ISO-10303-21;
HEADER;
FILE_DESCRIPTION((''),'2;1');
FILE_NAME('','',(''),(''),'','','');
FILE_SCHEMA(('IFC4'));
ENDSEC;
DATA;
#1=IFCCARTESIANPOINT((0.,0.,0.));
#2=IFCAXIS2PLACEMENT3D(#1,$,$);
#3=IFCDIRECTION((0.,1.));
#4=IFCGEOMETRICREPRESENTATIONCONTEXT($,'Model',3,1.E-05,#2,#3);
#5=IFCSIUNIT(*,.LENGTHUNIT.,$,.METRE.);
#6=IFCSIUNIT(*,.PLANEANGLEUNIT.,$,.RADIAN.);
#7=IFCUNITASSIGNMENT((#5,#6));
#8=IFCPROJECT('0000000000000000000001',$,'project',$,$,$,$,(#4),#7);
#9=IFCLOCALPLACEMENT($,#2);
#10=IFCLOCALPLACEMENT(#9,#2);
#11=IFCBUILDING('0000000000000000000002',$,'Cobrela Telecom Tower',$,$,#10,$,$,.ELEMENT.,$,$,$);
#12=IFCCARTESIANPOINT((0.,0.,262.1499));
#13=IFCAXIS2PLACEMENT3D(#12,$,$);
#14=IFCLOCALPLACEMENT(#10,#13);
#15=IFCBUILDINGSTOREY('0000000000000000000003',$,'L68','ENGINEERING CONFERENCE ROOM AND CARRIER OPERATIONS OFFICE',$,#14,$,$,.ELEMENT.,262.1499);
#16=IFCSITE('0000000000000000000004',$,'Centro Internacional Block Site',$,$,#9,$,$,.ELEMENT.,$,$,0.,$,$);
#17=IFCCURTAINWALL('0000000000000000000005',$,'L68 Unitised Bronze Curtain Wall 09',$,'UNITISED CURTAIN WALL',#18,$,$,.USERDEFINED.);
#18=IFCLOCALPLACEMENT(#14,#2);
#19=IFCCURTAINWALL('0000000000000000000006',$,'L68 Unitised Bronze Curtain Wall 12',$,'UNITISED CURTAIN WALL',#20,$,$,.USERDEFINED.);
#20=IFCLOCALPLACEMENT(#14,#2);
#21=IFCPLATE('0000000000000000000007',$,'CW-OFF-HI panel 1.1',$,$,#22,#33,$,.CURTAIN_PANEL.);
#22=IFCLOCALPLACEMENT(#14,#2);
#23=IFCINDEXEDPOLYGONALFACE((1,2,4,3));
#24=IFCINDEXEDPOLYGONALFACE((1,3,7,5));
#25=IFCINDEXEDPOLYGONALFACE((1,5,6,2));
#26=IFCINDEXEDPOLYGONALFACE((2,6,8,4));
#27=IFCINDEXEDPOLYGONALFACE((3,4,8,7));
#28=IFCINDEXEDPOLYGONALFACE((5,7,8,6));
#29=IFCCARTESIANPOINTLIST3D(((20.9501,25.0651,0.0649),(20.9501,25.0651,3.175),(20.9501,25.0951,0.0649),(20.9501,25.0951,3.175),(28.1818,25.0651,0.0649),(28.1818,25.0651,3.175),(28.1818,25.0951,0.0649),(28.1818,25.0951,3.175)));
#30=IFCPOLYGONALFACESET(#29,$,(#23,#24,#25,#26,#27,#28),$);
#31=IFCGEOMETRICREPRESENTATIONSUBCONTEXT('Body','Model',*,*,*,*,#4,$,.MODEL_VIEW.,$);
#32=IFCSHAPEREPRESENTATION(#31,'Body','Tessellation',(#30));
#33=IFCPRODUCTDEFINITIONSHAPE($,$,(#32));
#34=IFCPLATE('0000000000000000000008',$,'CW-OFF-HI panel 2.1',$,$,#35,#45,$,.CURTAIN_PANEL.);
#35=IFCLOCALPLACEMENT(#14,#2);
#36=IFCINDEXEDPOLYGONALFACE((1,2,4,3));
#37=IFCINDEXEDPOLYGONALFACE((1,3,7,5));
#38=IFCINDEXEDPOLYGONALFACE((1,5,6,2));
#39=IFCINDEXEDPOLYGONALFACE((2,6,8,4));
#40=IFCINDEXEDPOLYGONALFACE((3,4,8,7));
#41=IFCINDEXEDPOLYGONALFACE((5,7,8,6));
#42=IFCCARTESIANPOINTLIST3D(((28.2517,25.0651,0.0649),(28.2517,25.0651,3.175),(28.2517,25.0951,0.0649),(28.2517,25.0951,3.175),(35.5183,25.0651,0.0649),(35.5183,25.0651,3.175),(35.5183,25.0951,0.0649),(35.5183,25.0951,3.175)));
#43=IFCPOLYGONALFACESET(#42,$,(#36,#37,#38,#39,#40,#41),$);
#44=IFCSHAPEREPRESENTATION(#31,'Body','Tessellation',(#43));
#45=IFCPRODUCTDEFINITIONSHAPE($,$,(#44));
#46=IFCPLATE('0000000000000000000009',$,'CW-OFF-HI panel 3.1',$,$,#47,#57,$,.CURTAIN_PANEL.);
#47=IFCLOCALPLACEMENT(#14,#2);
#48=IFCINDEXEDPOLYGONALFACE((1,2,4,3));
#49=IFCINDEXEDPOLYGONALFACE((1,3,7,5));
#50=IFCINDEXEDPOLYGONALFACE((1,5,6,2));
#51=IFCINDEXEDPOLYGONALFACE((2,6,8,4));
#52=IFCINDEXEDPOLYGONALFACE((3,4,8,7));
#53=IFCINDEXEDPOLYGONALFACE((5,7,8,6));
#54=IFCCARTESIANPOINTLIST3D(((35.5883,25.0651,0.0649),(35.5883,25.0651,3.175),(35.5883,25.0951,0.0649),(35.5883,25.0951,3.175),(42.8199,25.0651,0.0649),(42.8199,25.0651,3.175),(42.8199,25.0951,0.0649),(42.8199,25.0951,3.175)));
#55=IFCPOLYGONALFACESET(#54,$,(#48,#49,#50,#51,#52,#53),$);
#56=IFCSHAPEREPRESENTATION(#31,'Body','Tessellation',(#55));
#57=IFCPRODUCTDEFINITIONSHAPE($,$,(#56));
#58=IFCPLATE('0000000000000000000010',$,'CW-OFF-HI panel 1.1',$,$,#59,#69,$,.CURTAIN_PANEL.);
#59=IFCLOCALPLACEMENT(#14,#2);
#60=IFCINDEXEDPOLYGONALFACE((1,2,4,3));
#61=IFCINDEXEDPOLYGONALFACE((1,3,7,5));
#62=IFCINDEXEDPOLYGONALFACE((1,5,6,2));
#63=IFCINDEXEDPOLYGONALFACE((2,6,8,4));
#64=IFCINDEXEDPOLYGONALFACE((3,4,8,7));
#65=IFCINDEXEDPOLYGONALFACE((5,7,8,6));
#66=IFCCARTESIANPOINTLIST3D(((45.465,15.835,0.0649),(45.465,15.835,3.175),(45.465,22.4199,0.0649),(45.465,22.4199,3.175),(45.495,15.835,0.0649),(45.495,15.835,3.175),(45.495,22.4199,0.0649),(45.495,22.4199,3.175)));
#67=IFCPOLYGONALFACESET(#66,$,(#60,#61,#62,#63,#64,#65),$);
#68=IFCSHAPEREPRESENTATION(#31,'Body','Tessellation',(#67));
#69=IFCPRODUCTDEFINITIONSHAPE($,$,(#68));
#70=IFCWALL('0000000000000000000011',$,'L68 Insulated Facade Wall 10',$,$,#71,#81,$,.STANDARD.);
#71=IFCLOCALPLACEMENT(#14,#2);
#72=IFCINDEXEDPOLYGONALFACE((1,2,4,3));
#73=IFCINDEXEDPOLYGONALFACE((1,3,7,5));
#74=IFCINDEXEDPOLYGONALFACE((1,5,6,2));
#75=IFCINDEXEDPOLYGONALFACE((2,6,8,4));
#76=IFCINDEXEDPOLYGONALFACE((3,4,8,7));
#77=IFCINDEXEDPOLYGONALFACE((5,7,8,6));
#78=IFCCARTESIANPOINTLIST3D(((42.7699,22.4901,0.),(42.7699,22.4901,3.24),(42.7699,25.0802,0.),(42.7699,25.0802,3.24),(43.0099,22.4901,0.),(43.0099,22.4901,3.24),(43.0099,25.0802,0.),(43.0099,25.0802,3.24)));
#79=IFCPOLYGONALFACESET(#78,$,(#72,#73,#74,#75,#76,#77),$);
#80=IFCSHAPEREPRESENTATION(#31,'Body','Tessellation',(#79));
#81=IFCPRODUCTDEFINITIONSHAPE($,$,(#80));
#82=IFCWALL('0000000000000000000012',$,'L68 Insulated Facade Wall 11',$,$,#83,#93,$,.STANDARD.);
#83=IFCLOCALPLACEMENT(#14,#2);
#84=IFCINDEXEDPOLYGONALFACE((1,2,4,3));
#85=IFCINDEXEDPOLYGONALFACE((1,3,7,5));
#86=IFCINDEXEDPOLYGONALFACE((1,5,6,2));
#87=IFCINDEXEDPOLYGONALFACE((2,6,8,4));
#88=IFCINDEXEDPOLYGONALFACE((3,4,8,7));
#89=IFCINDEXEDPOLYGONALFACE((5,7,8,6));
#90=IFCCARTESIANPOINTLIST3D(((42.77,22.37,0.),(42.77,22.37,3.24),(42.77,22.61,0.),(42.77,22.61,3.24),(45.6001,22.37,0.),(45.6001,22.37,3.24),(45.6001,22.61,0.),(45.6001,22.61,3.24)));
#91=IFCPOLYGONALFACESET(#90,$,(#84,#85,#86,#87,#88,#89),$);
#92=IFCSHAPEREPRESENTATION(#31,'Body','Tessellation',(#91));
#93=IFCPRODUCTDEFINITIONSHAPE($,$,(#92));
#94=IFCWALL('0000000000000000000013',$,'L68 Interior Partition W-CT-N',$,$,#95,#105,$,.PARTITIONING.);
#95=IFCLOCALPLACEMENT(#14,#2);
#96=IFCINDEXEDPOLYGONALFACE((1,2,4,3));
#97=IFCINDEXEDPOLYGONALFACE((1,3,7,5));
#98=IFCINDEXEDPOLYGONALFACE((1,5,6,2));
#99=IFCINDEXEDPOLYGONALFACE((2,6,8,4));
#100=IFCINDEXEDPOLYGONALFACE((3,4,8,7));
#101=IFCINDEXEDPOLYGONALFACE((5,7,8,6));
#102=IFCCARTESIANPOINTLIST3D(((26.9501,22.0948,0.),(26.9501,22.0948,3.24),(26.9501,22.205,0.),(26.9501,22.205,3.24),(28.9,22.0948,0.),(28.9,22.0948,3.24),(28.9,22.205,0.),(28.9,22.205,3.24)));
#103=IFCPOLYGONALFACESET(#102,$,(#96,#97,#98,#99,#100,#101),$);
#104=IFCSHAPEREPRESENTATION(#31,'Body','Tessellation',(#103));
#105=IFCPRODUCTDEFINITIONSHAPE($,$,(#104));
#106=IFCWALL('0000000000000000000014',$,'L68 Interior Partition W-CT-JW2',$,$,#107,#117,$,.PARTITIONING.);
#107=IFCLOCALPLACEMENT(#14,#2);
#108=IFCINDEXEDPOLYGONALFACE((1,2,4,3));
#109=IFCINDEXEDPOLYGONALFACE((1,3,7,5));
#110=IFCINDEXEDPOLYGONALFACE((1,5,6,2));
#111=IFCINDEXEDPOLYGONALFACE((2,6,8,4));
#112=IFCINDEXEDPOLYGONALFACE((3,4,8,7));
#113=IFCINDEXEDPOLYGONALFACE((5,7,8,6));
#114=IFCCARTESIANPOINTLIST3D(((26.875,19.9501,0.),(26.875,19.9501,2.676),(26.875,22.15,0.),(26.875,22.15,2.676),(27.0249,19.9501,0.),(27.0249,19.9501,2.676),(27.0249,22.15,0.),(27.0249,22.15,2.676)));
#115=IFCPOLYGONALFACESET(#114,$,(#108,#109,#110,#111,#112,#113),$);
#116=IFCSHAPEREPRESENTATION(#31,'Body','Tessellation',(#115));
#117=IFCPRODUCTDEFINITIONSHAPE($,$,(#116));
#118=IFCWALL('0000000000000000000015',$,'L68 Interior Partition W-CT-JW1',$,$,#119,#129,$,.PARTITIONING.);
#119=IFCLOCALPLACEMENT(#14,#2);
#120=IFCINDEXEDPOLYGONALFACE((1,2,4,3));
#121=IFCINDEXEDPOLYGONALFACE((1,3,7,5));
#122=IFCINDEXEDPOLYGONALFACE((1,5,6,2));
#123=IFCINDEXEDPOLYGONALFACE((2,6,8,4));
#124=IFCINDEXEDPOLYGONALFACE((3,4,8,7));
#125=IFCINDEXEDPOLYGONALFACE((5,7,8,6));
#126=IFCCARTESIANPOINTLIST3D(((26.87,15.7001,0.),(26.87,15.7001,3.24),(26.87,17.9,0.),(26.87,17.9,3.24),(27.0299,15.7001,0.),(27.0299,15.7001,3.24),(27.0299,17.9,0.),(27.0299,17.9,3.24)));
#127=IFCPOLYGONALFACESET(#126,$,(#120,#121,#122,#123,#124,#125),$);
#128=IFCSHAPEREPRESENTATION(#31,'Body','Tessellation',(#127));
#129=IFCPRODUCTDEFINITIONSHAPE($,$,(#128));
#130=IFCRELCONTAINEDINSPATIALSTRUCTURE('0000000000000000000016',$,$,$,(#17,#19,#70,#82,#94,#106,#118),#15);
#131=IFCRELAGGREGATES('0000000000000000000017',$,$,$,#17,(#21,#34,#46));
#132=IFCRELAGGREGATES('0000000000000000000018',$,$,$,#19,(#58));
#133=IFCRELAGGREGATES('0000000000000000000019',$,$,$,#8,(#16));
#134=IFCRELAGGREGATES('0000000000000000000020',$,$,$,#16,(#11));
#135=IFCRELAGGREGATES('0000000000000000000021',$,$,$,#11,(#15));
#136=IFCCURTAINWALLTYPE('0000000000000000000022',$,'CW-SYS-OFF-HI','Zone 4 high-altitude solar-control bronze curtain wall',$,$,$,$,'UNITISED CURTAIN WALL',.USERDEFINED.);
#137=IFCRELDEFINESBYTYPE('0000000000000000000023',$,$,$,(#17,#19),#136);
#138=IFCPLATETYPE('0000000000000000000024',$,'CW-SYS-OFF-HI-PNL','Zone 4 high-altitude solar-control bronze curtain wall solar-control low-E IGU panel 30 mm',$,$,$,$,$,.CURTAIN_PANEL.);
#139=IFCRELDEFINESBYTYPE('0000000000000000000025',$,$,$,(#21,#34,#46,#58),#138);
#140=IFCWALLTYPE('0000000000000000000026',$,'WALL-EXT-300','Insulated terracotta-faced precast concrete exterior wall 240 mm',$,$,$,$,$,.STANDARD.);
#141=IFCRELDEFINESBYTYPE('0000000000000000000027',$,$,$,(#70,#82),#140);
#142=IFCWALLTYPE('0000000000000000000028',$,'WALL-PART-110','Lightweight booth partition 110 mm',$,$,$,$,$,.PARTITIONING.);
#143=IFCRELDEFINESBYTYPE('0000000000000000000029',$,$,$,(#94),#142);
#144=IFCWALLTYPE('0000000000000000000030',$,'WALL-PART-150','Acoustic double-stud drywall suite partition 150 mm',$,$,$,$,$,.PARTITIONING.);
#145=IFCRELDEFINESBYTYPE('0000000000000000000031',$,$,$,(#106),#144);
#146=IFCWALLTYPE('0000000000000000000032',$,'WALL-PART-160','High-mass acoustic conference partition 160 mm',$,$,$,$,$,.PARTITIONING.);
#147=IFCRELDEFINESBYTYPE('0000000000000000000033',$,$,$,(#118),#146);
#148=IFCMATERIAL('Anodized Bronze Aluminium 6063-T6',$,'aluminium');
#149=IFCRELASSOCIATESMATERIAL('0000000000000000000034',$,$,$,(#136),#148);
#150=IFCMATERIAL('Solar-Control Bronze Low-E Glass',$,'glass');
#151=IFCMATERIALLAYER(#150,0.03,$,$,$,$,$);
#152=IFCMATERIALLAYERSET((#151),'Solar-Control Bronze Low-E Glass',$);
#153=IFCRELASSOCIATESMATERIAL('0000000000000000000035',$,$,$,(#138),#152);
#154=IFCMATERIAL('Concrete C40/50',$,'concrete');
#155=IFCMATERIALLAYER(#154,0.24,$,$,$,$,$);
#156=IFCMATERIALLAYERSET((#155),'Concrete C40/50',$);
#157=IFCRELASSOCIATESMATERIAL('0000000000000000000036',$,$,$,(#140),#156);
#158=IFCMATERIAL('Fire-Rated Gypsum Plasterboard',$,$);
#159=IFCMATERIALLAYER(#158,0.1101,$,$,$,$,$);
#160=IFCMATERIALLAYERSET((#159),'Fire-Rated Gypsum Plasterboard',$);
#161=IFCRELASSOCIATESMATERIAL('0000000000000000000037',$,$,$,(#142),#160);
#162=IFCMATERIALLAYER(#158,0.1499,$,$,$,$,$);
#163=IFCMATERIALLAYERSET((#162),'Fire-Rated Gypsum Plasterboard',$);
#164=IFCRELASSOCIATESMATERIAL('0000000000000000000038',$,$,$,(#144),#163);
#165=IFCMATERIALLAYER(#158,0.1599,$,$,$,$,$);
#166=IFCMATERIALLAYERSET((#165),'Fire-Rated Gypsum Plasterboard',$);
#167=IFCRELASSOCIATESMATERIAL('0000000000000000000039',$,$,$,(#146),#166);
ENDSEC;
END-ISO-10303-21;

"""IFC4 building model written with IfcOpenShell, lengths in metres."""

from ifc_helpers import new_model, si_unit, direction, frame, frame_2d, origin, origin_2d, place, context, subcontext, project, spatial, rectangle, extrude, material, layer, layer_set, type_object, element, aggregate, save


model = new_model("IFC4")

# Units and contexts
model_context = context("Model", 3, precision=1e-05, world=origin(), true_north=direction((0.0, 1.0)))
body_context = subcontext(model_context, "Body", "Model", "MODEL_VIEW")
ifc_project = project(units=[si_unit("LENGTHUNIT", "METRE"), si_unit("PLANEANGLEUNIT", "RADIAN")], contexts=[model_context])

# Site, building, storey
site_placement = place(None, origin())
site = spatial("IfcSite", under=ifc_project, at=site_placement, Name="Centro Internacional Block Site", CompositionType="ELEMENT", RefElevation=0.0)
building_placement = place(site_placement, origin())
building = spatial("IfcBuilding", under=site, at=building_placement, Name="Cobrela Telecom Tower", CompositionType="ELEMENT")
storey_placement = place(building_placement, frame((0.0, 0.0, 262.1499)))
storey = spatial("IfcBuildingStorey", under=building, at=storey_placement, Name="L68", Description="ENGINEERING CONFERENCE ROOM AND CARRIER OPERATIONS OFFICE", CompositionType="ELEMENT", Elevation=262.1499)

# Curtain walls
ifc_material_1 = material(Name="Anodized Bronze Aluminium 6063-T6", Category="aluminium")
curtain_wall_type = type_object("IfcCurtainWallType", Name="CW-SYS-OFF-HI", Description="Zone 4 high-altitude solar-control bronze curtain wall", ElementType="UNITISED CURTAIN WALL", PredefinedType="USERDEFINED", material=ifc_material_1)
curtain_wall_1_placement = place(storey_placement, origin())
curtain_wall_1 = element("IfcCurtainWall", 1, at=curtain_wall_1_placement, inside=storey, type_object=curtain_wall_type, Name="L68 Unitised Bronze Curtain Wall 09", ObjectType="UNITISED CURTAIN WALL", PredefinedType="USERDEFINED")
curtain_wall_2_placement = place(storey_placement, origin())
curtain_wall_2 = element("IfcCurtainWall", 2, at=curtain_wall_2_placement, inside=storey, type_object=curtain_wall_type, Name="L68 Unitised Bronze Curtain Wall 12", ObjectType="UNITISED CURTAIN WALL", PredefinedType="USERDEFINED")

# Plates
ifc_material_2 = material(Name="Solar-Control Bronze Low-E Glass", Category="glass")
ifc_layer_1 = layer(ifc_material_2, 0.03)
ifc_layer_set_1 = layer_set([ifc_layer_1], Name="Solar-Control Bronze Low-E Glass")
plate_type = type_object("IfcPlateType", Name="CW-SYS-OFF-HI-PNL", Description="Zone 4 high-altitude solar-control bronze curtain wall solar-control low-E IGU panel 30 mm", PredefinedType="CURTAIN_PANEL", material=ifc_layer_set_1)
plate_1_placement = place(storey_placement, frame((24.5659, 25.0801, 0.0649), z_axis=(0.0, 0.0, 1.0), x_axis=(1.0, 0.0, 0.0)))
plate_1 = element("IfcPlate", 3, at=plate_1_placement, type_object=plate_type, Name="CW-OFF-HI panel 1.1", PredefinedType="CURTAIN_PANEL", context=body_context, shape_type="SweptSolid", body=[
    extrude(rectangle(XDim=7.2317, YDim=0.03, at=origin_2d()), origin(), (0.0, 0.0, 1.0), 3.1101),
])
plate_2_placement = place(storey_placement, frame((31.885, 25.0801, 0.0649), z_axis=(0.0, 0.0, 1.0), x_axis=(1.0, 0.0, 0.0)))
plate_2 = element("IfcPlate", 4, at=plate_2_placement, type_object=plate_type, Name="CW-OFF-HI panel 2.1", PredefinedType="CURTAIN_PANEL", context=body_context, shape_type="SweptSolid", body=[
    extrude(rectangle(XDim=7.2666, YDim=0.03, at=origin_2d()), origin(), (0.0, 0.0, 1.0), 3.1101),
])
plate_3_placement = place(storey_placement, frame((39.2041, 25.0801, 0.0649), z_axis=(0.0, 0.0, 1.0), x_axis=(1.0, 0.0, 0.0)))
plate_3 = element("IfcPlate", 5, at=plate_3_placement, type_object=plate_type, Name="CW-OFF-HI panel 3.1", PredefinedType="CURTAIN_PANEL", context=body_context, shape_type="SweptSolid", body=[
    extrude(rectangle(XDim=7.2317, YDim=0.03, at=origin_2d()), origin(), (0.0, 0.0, 1.0), 3.1101),
])
aggregate(curtain_wall_1, [plate_1, plate_2, plate_3])
plate_4_placement = place(storey_placement, frame((45.48, 19.1274, 0.0649), z_axis=(0.0, 0.0, 1.0), x_axis=(0.0, -1.0, 0.0)))
plate_4 = element("IfcPlate", 6, at=plate_4_placement, type_object=plate_type, Name="CW-OFF-HI panel 1.1", PredefinedType="CURTAIN_PANEL", context=body_context, shape_type="SweptSolid", body=[
    extrude(rectangle(XDim=6.585, YDim=0.03, at=origin_2d()), origin(), (0.0, 0.0, 1.0), 3.1101),
])
aggregate(curtain_wall_2, [plate_4])

# Walls
ifc_material_3 = material(Name="Concrete C40/50", Category="concrete")
ifc_layer_2 = layer(ifc_material_3, 0.24)
ifc_layer_set_2 = layer_set([ifc_layer_2], Name="Concrete C40/50")
wall_type_1 = type_object("IfcWallType", Name="WALL-EXT-300", Description="Insulated terracotta-faced precast concrete exterior wall 240 mm", PredefinedType="STANDARD", material=ifc_layer_set_2)
wall_1_placement = place(storey_placement, frame((42.8899, 25.0801, 0.0), z_axis=(0.0, 0.0, 1.0), x_axis=(0.0, -1.0, 0.0)))
element("IfcWall", 7, at=wall_1_placement, inside=storey, type_object=wall_type_1, Name="L68 Insulated Facade Wall 10", PredefinedType="STANDARD", context=body_context, shape_type="SweptSolid", body=[
    extrude(rectangle(XDim=2.5901, YDim=0.24, at=frame_2d((1.2949, 0.0))), origin(), (0.0, 0.0, 1.0), 3.24),
])
wall_2_placement = place(storey_placement, frame((42.77, 22.49, 0.0), z_axis=(0.0, 0.0, 1.0), x_axis=(1.0, 0.0, 0.0)))
element("IfcWall", 8, at=wall_2_placement, inside=storey, type_object=wall_type_1, Name="L68 Insulated Facade Wall 11", PredefinedType="STANDARD", context=body_context, shape_type="SweptSolid", body=[
    extrude(rectangle(XDim=2.8301, YDim=0.24, at=frame_2d((1.415, 0.0))), origin(), (0.0, 0.0, 1.0), 3.24),
])
ifc_material_4 = material(Name="Fire-Rated Gypsum Plasterboard")
ifc_layer_3 = layer(ifc_material_4, 0.1101)
ifc_layer_set_3 = layer_set([ifc_layer_3], Name="Fire-Rated Gypsum Plasterboard")
wall_type_2 = type_object("IfcWallType", Name="WALL-PART-110", Description="Lightweight booth partition 110 mm", PredefinedType="PARTITIONING", material=ifc_layer_set_3)
wall_3_placement = place(storey_placement, frame((26.95, 22.1499, 0.0), z_axis=(0.0, 0.0, 1.0), x_axis=(1.0, 0.0, 0.0)))
element("IfcWall", 9, at=wall_3_placement, inside=storey, type_object=wall_type_2, Name="L68 Interior Partition W-CT-N", PredefinedType="PARTITIONING", context=body_context, shape_type="SweptSolid", body=[
    extrude(rectangle(XDim=1.95, YDim=0.1101, at=frame_2d((0.9751, 0.0))), origin(), (0.0, 0.0, 1.0), 3.24),
])
ifc_layer_4 = layer(ifc_material_4, 0.1499)
ifc_layer_set_4 = layer_set([ifc_layer_4], Name="Fire-Rated Gypsum Plasterboard")
wall_type_3 = type_object("IfcWallType", Name="WALL-PART-150", Description="Acoustic double-stud drywall suite partition 150 mm", PredefinedType="PARTITIONING", material=ifc_layer_set_4)
wall_4_placement = place(storey_placement, frame((26.95, 19.95, 0.0), z_axis=(0.0, 0.0, 1.0), x_axis=(0.0, 1.0, 0.0)))
element("IfcWall", 10, at=wall_4_placement, inside=storey, type_object=wall_type_3, Name="L68 Interior Partition W-CT-JW2", PredefinedType="PARTITIONING", context=body_context, shape_type="SweptSolid", body=[
    extrude(rectangle(XDim=2.2, YDim=0.1499, at=frame_2d((1.1001, 0.0))), origin(), (0.0, 0.0, 1.0), 2.676),
])
ifc_layer_5 = layer(ifc_material_4, 0.1599)
ifc_layer_set_5 = layer_set([ifc_layer_5], Name="Fire-Rated Gypsum Plasterboard")
wall_type_4 = type_object("IfcWallType", Name="WALL-PART-160", Description="High-mass acoustic conference partition 160 mm", PredefinedType="PARTITIONING", material=ifc_layer_set_5)
wall_5_placement = place(storey_placement, frame((26.95, 15.7, 0.0), z_axis=(0.0, 0.0, 1.0), x_axis=(0.0, 1.0, 0.0)))
element("IfcWall", 11, at=wall_5_placement, inside=storey, type_object=wall_type_4, Name="L68 Interior Partition W-CT-JW1", PredefinedType="PARTITIONING", context=body_context, shape_type="SweptSolid", body=[
    extrude(rectangle(XDim=2.2, YDim=0.1599, at=frame_2d((1.1001, 0.0))), origin(), (0.0, 0.0, 1.0), 3.24),
])

save(model, "model.ifc")
